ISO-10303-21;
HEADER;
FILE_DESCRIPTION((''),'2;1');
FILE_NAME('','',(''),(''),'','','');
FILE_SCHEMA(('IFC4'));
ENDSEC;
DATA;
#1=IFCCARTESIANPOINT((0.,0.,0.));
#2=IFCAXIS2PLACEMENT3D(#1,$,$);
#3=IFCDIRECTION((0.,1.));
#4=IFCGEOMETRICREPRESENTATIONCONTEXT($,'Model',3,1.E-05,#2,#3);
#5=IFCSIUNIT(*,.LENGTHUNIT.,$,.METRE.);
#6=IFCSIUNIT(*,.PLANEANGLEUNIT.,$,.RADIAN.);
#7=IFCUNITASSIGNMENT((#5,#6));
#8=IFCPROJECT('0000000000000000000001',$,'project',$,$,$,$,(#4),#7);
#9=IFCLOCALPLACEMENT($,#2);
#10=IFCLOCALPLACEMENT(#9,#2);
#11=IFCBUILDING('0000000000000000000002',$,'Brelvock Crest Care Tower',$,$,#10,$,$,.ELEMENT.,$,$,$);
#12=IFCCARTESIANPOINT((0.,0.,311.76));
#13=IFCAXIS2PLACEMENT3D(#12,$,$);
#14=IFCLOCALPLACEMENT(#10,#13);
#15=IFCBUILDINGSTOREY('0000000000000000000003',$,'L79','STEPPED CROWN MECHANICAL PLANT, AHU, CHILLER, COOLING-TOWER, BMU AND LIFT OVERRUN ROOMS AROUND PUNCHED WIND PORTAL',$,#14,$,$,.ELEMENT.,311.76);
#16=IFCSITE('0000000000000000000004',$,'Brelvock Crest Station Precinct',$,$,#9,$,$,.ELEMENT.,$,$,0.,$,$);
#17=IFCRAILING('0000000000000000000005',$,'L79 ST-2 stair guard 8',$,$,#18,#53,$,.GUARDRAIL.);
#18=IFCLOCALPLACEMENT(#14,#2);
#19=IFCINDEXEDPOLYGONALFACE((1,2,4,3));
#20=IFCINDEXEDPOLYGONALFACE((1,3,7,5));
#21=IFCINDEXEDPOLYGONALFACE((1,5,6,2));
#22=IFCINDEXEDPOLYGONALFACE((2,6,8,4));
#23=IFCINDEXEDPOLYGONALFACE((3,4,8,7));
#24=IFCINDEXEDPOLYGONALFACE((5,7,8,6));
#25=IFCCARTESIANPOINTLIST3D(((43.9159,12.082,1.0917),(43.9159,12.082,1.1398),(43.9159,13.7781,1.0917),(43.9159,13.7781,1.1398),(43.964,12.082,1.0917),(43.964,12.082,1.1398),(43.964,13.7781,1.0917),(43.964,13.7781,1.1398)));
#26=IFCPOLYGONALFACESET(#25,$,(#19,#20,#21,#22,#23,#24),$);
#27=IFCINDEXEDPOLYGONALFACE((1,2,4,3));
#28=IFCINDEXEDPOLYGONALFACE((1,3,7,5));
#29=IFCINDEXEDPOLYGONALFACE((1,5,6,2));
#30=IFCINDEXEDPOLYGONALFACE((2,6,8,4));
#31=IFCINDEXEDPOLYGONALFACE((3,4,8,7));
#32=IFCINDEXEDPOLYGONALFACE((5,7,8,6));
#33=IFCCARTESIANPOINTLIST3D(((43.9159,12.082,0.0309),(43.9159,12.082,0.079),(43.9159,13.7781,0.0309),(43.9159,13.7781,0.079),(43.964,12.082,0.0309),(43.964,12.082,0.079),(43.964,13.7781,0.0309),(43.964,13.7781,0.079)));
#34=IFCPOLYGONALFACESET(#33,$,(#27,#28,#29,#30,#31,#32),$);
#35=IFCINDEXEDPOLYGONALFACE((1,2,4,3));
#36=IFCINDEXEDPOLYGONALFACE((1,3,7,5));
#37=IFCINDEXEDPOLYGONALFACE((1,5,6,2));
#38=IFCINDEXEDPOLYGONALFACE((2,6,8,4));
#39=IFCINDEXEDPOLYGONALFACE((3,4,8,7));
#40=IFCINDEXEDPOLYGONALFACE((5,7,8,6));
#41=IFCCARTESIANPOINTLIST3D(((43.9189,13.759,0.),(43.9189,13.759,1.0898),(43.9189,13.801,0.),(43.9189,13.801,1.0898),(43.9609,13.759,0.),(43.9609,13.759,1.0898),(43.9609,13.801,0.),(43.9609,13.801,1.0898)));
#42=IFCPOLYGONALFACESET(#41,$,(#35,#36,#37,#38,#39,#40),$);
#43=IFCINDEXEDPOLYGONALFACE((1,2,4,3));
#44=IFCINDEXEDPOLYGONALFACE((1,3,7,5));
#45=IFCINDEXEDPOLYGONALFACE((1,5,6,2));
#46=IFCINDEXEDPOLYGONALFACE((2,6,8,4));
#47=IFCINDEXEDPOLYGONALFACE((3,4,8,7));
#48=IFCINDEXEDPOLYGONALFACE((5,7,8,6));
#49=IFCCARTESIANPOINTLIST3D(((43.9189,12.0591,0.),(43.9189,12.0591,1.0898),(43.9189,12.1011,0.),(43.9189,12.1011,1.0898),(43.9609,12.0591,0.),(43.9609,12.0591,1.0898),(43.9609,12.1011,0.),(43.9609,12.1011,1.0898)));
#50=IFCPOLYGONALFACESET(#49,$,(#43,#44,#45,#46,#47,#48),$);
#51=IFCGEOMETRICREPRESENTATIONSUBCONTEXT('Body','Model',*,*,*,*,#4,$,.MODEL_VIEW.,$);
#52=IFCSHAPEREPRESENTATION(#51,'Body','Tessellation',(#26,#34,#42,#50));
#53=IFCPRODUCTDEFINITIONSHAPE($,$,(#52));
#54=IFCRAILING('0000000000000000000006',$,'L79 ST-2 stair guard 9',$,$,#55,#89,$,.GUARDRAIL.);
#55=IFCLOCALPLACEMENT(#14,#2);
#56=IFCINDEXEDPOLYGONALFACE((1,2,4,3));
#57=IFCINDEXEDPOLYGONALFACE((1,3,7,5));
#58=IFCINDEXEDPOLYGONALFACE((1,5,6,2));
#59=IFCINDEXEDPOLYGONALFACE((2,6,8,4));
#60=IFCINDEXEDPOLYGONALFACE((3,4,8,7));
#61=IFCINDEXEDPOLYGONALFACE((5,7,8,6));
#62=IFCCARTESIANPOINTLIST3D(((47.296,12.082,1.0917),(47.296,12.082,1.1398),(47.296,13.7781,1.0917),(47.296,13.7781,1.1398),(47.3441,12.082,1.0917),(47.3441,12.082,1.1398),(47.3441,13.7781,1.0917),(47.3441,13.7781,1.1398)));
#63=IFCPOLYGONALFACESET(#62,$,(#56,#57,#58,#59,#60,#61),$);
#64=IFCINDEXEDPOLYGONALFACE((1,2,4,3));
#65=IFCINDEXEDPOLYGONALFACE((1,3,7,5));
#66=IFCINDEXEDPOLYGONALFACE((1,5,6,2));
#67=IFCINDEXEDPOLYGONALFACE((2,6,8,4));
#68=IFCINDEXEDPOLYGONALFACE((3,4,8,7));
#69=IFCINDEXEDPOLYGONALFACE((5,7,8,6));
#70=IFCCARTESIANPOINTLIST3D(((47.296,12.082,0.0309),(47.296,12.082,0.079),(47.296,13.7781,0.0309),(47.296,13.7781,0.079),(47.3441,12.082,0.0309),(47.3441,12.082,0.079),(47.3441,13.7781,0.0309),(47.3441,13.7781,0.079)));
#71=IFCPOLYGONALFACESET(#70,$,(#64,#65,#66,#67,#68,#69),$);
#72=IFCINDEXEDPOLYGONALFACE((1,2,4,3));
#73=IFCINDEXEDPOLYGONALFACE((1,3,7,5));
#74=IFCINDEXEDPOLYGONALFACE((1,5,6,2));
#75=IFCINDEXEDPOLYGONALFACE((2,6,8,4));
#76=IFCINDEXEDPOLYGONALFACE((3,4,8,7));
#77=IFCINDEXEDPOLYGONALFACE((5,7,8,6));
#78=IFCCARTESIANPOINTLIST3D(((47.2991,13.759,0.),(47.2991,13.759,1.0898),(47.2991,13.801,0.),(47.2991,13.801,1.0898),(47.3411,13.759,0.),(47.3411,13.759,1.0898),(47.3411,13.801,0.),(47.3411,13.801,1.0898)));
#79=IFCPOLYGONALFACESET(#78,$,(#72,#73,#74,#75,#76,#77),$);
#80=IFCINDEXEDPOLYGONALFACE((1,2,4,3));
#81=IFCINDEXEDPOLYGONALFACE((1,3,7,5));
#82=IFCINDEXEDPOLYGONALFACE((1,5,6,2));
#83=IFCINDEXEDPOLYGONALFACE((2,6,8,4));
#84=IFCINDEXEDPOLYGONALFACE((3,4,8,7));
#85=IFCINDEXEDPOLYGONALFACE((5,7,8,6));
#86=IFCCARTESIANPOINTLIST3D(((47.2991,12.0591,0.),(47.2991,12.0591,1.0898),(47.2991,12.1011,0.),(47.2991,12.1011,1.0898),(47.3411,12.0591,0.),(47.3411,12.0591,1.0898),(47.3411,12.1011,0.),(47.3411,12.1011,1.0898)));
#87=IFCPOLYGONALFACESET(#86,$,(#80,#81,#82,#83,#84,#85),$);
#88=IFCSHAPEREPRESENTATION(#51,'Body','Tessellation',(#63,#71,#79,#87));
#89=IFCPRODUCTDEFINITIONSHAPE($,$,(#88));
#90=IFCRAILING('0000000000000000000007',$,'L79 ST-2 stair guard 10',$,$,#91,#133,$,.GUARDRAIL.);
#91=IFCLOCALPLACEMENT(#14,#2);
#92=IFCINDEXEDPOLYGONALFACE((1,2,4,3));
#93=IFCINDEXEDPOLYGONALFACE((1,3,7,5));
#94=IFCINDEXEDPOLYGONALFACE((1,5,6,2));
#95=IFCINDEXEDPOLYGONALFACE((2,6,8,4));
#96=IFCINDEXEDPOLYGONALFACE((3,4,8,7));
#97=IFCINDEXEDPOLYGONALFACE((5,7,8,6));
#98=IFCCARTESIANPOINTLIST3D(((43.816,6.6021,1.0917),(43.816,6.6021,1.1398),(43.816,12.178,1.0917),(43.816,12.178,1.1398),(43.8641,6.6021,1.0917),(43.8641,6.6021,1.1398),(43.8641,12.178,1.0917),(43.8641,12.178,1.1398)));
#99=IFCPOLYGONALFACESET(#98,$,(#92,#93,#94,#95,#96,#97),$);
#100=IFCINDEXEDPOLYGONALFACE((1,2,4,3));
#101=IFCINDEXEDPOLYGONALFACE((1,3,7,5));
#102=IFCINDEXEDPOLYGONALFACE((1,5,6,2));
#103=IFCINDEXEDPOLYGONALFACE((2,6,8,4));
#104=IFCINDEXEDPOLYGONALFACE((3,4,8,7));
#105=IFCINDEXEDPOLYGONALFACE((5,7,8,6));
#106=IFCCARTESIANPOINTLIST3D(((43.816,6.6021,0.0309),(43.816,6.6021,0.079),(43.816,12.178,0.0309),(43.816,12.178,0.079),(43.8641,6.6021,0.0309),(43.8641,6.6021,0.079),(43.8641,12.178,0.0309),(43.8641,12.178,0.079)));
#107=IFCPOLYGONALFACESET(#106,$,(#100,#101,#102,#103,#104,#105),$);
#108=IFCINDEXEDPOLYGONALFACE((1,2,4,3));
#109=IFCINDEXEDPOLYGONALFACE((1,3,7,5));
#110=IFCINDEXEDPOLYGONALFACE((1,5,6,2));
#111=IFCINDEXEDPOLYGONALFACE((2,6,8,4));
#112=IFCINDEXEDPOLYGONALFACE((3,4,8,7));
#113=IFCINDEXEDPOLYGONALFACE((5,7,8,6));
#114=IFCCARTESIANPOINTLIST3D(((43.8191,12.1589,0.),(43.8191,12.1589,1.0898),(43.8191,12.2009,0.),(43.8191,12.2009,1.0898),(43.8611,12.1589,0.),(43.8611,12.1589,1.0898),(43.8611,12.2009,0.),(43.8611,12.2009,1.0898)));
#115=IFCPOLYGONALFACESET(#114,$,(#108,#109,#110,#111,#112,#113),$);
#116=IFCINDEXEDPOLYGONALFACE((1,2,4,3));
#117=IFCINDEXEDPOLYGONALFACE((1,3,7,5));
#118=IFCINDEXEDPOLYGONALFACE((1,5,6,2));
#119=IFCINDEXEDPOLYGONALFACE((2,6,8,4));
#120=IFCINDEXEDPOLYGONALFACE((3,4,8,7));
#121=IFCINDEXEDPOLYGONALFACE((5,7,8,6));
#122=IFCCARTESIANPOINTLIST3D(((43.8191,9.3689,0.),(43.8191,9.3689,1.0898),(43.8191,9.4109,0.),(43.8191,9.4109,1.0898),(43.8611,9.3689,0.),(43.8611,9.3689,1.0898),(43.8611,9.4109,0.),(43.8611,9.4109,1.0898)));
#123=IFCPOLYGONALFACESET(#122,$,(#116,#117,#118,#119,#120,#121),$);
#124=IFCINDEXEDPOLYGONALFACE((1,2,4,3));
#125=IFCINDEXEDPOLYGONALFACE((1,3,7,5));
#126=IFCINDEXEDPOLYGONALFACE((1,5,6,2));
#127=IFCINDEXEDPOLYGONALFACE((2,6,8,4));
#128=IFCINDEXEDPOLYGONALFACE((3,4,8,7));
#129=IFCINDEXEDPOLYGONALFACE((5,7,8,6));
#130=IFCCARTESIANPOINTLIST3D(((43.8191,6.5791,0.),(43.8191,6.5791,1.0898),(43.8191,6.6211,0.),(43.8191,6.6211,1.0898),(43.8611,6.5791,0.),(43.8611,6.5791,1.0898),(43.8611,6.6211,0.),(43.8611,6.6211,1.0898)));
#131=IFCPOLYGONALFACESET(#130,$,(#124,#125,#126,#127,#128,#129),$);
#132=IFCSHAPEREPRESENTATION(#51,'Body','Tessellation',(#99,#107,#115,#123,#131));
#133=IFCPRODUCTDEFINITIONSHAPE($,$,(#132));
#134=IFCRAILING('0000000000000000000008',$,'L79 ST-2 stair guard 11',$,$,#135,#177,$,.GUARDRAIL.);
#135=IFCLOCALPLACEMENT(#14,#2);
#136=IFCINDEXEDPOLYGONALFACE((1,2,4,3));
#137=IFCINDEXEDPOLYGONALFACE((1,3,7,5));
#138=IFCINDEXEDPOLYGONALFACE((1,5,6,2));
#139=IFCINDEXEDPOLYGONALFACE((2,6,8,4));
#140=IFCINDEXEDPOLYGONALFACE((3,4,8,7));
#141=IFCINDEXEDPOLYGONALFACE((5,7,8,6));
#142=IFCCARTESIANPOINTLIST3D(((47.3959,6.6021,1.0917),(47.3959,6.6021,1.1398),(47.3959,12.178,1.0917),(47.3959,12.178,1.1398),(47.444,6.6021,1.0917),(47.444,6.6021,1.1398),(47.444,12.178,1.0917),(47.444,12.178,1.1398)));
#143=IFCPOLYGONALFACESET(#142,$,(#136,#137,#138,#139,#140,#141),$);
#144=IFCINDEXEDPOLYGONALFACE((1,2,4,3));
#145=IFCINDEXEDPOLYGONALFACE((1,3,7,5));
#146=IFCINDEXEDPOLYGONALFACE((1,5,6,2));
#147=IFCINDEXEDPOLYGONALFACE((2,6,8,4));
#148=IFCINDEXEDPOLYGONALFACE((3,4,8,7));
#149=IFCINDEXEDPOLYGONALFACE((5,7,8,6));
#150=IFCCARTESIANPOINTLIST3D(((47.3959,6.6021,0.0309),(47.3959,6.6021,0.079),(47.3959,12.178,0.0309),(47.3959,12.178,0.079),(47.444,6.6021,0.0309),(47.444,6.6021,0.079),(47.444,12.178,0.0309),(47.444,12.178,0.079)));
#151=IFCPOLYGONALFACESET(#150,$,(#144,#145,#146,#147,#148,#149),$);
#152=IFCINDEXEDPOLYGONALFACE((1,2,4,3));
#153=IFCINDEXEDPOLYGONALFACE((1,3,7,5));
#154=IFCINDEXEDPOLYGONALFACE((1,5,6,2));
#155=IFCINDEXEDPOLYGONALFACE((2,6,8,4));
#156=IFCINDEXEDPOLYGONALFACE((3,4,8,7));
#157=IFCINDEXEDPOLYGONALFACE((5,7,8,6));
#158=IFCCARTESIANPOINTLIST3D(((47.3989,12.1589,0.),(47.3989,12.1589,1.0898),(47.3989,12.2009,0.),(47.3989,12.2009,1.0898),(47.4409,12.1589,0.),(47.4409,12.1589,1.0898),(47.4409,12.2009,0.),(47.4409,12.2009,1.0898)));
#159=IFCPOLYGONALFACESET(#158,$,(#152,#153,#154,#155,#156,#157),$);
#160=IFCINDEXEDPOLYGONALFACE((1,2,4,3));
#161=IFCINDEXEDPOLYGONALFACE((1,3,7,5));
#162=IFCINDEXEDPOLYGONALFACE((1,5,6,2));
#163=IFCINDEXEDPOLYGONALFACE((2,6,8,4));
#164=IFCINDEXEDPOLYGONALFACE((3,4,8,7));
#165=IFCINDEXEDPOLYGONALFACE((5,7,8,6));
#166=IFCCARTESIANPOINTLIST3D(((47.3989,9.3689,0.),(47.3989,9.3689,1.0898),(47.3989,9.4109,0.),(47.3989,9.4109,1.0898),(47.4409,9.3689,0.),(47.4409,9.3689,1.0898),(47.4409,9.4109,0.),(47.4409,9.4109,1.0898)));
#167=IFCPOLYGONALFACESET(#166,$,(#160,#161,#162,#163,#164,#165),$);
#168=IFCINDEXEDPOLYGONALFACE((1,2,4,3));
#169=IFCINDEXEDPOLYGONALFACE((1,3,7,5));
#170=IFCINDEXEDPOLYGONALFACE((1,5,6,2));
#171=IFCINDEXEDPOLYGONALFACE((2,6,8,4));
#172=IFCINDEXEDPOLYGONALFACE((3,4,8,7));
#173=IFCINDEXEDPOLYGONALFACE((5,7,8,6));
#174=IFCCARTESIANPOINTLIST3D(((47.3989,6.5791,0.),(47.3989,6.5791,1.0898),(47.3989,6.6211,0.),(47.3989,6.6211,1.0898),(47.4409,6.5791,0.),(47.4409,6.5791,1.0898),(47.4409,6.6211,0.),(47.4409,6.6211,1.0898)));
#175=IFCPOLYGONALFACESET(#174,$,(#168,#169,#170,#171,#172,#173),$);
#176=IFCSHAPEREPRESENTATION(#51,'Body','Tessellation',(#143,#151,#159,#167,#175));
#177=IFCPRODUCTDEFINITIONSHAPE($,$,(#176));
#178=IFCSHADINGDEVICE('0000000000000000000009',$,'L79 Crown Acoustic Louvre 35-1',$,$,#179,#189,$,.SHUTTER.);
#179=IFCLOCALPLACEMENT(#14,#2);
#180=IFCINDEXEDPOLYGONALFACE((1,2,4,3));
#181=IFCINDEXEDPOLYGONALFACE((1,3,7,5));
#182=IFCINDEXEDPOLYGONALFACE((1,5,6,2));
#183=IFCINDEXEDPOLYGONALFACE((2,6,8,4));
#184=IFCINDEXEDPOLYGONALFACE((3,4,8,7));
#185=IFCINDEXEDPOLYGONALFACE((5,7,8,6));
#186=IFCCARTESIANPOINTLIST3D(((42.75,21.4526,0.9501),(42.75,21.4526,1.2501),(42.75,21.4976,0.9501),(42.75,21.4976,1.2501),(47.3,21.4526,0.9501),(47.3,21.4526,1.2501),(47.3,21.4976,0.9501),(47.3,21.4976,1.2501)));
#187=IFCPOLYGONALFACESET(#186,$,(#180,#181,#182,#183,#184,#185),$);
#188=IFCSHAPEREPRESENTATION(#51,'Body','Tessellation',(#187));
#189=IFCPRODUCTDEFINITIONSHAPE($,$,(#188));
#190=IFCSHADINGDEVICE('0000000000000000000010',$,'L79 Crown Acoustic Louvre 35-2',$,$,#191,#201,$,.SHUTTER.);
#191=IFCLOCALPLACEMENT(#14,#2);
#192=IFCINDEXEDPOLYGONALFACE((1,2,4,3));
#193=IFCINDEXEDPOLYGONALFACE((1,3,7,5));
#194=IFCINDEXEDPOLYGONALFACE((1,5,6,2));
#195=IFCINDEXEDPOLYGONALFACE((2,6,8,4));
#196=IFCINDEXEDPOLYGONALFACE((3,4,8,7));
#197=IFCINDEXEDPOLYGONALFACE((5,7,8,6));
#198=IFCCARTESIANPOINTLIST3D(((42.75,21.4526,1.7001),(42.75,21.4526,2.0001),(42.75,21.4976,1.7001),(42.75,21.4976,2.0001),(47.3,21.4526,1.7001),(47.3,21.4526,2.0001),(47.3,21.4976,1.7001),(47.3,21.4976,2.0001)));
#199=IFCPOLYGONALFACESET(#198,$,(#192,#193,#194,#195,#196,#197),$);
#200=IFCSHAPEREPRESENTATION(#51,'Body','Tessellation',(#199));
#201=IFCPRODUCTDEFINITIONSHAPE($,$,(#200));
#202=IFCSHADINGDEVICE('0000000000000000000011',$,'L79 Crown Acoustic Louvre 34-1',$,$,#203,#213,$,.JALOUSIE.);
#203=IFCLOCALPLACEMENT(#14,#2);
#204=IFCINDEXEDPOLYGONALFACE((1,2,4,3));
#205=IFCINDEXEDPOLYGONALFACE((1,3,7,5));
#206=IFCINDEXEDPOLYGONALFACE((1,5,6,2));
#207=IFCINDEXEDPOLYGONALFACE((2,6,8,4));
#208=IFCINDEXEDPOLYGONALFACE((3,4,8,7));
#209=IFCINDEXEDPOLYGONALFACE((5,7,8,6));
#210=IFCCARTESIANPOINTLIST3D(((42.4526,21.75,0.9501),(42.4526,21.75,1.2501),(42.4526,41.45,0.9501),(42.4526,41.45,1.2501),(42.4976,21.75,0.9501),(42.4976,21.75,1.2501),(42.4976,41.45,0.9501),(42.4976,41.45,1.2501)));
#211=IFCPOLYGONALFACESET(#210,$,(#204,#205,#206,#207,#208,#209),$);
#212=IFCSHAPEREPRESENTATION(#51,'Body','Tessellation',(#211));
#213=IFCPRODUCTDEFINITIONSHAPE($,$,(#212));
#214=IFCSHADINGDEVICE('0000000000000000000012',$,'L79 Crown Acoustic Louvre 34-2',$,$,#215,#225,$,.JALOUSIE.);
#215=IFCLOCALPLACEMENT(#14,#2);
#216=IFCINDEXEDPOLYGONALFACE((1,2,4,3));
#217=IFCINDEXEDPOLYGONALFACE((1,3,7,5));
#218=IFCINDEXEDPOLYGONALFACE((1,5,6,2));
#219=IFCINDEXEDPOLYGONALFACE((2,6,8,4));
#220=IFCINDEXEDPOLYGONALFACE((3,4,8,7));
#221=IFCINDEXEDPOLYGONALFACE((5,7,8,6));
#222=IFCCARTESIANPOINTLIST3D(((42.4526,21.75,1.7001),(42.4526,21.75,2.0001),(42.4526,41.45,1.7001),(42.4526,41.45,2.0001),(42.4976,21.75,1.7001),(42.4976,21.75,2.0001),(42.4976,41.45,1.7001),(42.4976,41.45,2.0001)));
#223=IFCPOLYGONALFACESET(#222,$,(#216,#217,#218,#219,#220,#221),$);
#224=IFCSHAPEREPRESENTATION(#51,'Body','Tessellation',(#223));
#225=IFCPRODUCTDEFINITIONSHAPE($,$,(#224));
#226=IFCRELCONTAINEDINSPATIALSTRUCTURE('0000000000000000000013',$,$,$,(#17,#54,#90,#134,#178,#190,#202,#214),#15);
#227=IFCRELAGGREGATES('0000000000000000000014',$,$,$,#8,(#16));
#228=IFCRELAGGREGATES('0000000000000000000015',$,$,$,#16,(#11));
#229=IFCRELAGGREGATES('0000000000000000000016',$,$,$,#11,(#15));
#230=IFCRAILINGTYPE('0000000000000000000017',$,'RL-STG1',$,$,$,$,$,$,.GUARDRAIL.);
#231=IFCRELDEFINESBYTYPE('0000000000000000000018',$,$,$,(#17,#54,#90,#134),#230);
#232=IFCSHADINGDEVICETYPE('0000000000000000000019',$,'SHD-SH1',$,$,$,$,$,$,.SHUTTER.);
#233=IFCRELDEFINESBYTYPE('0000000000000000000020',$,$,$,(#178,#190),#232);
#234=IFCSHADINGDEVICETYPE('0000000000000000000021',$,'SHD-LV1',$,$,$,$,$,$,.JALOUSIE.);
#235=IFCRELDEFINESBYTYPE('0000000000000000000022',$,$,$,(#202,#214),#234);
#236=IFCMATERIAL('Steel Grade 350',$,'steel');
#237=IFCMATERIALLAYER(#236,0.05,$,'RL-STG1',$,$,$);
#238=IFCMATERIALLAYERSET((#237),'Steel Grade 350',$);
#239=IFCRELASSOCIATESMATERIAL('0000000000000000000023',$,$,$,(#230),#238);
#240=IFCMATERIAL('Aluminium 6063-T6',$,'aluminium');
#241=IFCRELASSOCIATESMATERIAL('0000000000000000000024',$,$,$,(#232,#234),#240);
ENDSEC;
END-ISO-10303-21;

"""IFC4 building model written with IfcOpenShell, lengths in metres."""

from ifc_helpers import new_model, si_unit, direction, frame, origin, origin_2d, place, context, subcontext, project, spatial, rectangle, extrude, source, transform, mapped, material, layer, layer_set, material_profile, profile_set, type_object, element, save


model = new_model("IFC4")

# Units and contexts
model_context = context("Model", 3, precision=1e-05, world=origin(), true_north=direction((0.0, 1.0)))
body_context = subcontext(model_context, "Body", "Model", "MODEL_VIEW")
ifc_project = project(units=[si_unit("LENGTHUNIT", "METRE"), si_unit("PLANEANGLEUNIT", "RADIAN")], contexts=[model_context])

# Site, building, storey
site_placement = place(None, origin())
site = spatial("IfcSite", under=ifc_project, at=site_placement, Name="Brelvock Crest Station Precinct", CompositionType="ELEMENT", RefElevation=0.0)
building_placement = place(site_placement, origin())
building = spatial("IfcBuilding", under=site, at=building_placement, Name="Brelvock Crest Care Tower", CompositionType="ELEMENT")
storey_placement = place(building_placement, frame((0.0, 0.0, 311.76)))
storey = spatial("IfcBuildingStorey", under=building, at=storey_placement, Name="L79", Description="STEPPED CROWN MECHANICAL PLANT, AHU, CHILLER, COOLING-TOWER, BMU AND LIFT OVERRUN ROOMS AROUND PUNCHED WIND PORTAL", CompositionType="ELEMENT", Elevation=311.76)

# Shared definitions
ifc_material_1 = material(Name="Steel Grade 350", Category="steel")

# Railings
ifc_layer_1 = layer(ifc_material_1, 0.05, Name="RL-STG1")
ifc_layer_set_1 = layer_set([ifc_layer_1], Name="Steel Grade 350")
railing_type_1 = type_object("IfcRailingType", Name="RL-STG1", PredefinedType="GUARDRAIL", material=ifc_layer_set_1)
for number, where, name in (
    (1, (43.9399, 13.78, 0.0), "L79 ST-2 stair guard 8"),
    (2, (47.3201, 13.78, 0.0), "L79 ST-2 stair guard 9"),
):
    element("IfcRailing", number, at=place(storey_placement, frame(where)), inside=storey, type_object=railing_type_1, Name=name, PredefinedType="GUARDRAIL", context=body_context, shape_type="SweptSolid", body=[
        extrude(rectangle(XDim=0.0481, YDim=0.0481, at=origin_2d()), frame((0.0, -0.002, 1.1157), z_axis=(0.0, -1.0, 0.0), x_axis=(1.0, 0.0, 0.0)), (0.0, 0.0, 1.0), 1.696),
        extrude(rectangle(XDim=0.0481, YDim=0.0481, at=origin_2d()), frame((0.0, -0.002, 0.0549), z_axis=(0.0, -1.0, 0.0), x_axis=(1.0, 0.0, 0.0)), (0.0, 0.0, 1.0), 1.696),
        extrude(rectangle(XDim=0.042, YDim=0.042, at=origin_2d()), origin(), (0.0, 0.0, 1.0), 1.0898),
        extrude(rectangle(XDim=0.042, YDim=0.042, at=origin_2d()), frame((0.0, -1.7, 0.0)), (0.0, 0.0, 1.0), 1.0898),
    ])
for number, where, name in (
    (3, (43.8401, 12.1799, 0.0), "L79 ST-2 stair guard 10"),
    (4, (47.4199, 12.1799, 0.0), "L79 ST-2 stair guard 11"),
):
    element("IfcRailing", number, at=place(storey_placement, frame(where)), inside=storey, type_object=railing_type_1, Name=name, PredefinedType="GUARDRAIL", context=body_context, shape_type="SweptSolid", body=[
        extrude(rectangle(XDim=0.0481, YDim=0.0481, at=origin_2d()), frame((0.0, -0.002, 1.1157), z_axis=(0.0, -1.0, 0.0), x_axis=(1.0, 0.0, 0.0)), (0.0, 0.0, 1.0), 5.5759),
        extrude(rectangle(XDim=0.0481, YDim=0.0481, at=origin_2d()), frame((0.0, -0.002, 0.0549), z_axis=(0.0, -1.0, 0.0), x_axis=(1.0, 0.0, 0.0)), (0.0, 0.0, 1.0), 5.5759),
        extrude(rectangle(XDim=0.042, YDim=0.042, at=origin_2d()), origin(), (0.0, 0.0, 1.0), 1.0898),
        extrude(rectangle(XDim=0.042, YDim=0.042, at=origin_2d()), frame((0.0, -2.79, 0.0)), (0.0, 0.0, 1.0), 1.0898),
        extrude(rectangle(XDim=0.042, YDim=0.042, at=origin_2d()), frame((0.0, -5.5798, 0.0)), (0.0, 0.0, 1.0), 1.0898),
    ])

# Shading devices
ifc_material_2 = material(Name="Aluminium 6063-T6", Category="aluminium")
ifc_material_profile_1 = material_profile(ifc_material_2, rectangle(XDim=0.0449, YDim=0.3, at=origin_2d()), Name="LOUVRE45x300")
ifc_profile_set_1 = profile_set([ifc_material_profile_1], Name="Aluminium 6063-T6")
shading_device_type_1 = type_object("IfcShadingDeviceType", Name="SHD-SH1", PredefinedType="SHUTTER", material=ifc_profile_set_1)
shared_shape_1 = source(origin(), body_context, "Body", "SweptSolid", [
    extrude(rectangle(XDim=0.0449, YDim=0.3, at=origin_2d()), origin(), (0.0, 0.0, 1.0), 4.55),
])
for number, where, z_axis, x_axis, name in (
    (5, (42.75, 21.4751, 1.1001), (1.0, 0.0, 0.0), (0.0, 1.0, 0.0), "L79 Crown Acoustic Louvre 35-1"),
    (6, (42.75, 21.4751, 1.8501), (1.0, 0.0, 0.0), (0.0, 1.0, 0.0), "L79 Crown Acoustic Louvre 35-2"),
):
    element("IfcShadingDevice", number, at=place(storey_placement, frame(where, z_axis=z_axis, x_axis=x_axis)), inside=storey, type_object=shading_device_type_1, Name=name, PredefinedType="SHUTTER", context=body_context, shape_type="MappedRepresentation", body=[
        mapped(shared_shape_1, transform((0.0, 0.0, 0.0), x_axis=(1.0, 0.0, 0.0), y_axis=(0.0, 1.0, 0.0), z_axis=(0.0, 0.0, 1.0), scale=1.0)),
    ])
ifc_material_profile_2 = material_profile(ifc_material_2, rectangle(XDim=0.0449, YDim=0.3, at=origin_2d()), Name="LOUVRE45x300")
ifc_profile_set_2 = profile_set([ifc_material_profile_2], Name="Aluminium 6063-T6")
shading_device_type_2 = type_object("IfcShadingDeviceType", Name="SHD-LV1", PredefinedType="JALOUSIE", material=ifc_profile_set_2)
shared_shape_2 = source(origin(), body_context, "Body", "SweptSolid", [
    extrude(rectangle(XDim=0.0449, YDim=0.3, at=origin_2d()), origin(), (0.0, 0.0, 1.0), 19.7),
])
for number, where, z_axis, x_axis, name in (
    (7, (42.4751, 41.45, 1.1001), (0.0, -1.0, 0.0), (1.0, 0.0, 0.0), "L79 Crown Acoustic Louvre 34-1"),
    (8, (42.4751, 41.45, 1.8501), (0.0, -1.0, 0.0), (1.0, 0.0, 0.0), "L79 Crown Acoustic Louvre 34-2"),
):
    element("IfcShadingDevice", number, at=place(storey_placement, frame(where, z_axis=z_axis, x_axis=x_axis)), inside=storey, type_object=shading_device_type_2, Name=name, PredefinedType="JALOUSIE", context=body_context, shape_type="MappedRepresentation", body=[
        mapped(shared_shape_2, transform((0.0, 0.0, 0.0), x_axis=(1.0, 0.0, 0.0), y_axis=(0.0, 1.0, 0.0), z_axis=(0.0, 0.0, 1.0), scale=1.0)),
    ])

save(model, "model.ifc")
